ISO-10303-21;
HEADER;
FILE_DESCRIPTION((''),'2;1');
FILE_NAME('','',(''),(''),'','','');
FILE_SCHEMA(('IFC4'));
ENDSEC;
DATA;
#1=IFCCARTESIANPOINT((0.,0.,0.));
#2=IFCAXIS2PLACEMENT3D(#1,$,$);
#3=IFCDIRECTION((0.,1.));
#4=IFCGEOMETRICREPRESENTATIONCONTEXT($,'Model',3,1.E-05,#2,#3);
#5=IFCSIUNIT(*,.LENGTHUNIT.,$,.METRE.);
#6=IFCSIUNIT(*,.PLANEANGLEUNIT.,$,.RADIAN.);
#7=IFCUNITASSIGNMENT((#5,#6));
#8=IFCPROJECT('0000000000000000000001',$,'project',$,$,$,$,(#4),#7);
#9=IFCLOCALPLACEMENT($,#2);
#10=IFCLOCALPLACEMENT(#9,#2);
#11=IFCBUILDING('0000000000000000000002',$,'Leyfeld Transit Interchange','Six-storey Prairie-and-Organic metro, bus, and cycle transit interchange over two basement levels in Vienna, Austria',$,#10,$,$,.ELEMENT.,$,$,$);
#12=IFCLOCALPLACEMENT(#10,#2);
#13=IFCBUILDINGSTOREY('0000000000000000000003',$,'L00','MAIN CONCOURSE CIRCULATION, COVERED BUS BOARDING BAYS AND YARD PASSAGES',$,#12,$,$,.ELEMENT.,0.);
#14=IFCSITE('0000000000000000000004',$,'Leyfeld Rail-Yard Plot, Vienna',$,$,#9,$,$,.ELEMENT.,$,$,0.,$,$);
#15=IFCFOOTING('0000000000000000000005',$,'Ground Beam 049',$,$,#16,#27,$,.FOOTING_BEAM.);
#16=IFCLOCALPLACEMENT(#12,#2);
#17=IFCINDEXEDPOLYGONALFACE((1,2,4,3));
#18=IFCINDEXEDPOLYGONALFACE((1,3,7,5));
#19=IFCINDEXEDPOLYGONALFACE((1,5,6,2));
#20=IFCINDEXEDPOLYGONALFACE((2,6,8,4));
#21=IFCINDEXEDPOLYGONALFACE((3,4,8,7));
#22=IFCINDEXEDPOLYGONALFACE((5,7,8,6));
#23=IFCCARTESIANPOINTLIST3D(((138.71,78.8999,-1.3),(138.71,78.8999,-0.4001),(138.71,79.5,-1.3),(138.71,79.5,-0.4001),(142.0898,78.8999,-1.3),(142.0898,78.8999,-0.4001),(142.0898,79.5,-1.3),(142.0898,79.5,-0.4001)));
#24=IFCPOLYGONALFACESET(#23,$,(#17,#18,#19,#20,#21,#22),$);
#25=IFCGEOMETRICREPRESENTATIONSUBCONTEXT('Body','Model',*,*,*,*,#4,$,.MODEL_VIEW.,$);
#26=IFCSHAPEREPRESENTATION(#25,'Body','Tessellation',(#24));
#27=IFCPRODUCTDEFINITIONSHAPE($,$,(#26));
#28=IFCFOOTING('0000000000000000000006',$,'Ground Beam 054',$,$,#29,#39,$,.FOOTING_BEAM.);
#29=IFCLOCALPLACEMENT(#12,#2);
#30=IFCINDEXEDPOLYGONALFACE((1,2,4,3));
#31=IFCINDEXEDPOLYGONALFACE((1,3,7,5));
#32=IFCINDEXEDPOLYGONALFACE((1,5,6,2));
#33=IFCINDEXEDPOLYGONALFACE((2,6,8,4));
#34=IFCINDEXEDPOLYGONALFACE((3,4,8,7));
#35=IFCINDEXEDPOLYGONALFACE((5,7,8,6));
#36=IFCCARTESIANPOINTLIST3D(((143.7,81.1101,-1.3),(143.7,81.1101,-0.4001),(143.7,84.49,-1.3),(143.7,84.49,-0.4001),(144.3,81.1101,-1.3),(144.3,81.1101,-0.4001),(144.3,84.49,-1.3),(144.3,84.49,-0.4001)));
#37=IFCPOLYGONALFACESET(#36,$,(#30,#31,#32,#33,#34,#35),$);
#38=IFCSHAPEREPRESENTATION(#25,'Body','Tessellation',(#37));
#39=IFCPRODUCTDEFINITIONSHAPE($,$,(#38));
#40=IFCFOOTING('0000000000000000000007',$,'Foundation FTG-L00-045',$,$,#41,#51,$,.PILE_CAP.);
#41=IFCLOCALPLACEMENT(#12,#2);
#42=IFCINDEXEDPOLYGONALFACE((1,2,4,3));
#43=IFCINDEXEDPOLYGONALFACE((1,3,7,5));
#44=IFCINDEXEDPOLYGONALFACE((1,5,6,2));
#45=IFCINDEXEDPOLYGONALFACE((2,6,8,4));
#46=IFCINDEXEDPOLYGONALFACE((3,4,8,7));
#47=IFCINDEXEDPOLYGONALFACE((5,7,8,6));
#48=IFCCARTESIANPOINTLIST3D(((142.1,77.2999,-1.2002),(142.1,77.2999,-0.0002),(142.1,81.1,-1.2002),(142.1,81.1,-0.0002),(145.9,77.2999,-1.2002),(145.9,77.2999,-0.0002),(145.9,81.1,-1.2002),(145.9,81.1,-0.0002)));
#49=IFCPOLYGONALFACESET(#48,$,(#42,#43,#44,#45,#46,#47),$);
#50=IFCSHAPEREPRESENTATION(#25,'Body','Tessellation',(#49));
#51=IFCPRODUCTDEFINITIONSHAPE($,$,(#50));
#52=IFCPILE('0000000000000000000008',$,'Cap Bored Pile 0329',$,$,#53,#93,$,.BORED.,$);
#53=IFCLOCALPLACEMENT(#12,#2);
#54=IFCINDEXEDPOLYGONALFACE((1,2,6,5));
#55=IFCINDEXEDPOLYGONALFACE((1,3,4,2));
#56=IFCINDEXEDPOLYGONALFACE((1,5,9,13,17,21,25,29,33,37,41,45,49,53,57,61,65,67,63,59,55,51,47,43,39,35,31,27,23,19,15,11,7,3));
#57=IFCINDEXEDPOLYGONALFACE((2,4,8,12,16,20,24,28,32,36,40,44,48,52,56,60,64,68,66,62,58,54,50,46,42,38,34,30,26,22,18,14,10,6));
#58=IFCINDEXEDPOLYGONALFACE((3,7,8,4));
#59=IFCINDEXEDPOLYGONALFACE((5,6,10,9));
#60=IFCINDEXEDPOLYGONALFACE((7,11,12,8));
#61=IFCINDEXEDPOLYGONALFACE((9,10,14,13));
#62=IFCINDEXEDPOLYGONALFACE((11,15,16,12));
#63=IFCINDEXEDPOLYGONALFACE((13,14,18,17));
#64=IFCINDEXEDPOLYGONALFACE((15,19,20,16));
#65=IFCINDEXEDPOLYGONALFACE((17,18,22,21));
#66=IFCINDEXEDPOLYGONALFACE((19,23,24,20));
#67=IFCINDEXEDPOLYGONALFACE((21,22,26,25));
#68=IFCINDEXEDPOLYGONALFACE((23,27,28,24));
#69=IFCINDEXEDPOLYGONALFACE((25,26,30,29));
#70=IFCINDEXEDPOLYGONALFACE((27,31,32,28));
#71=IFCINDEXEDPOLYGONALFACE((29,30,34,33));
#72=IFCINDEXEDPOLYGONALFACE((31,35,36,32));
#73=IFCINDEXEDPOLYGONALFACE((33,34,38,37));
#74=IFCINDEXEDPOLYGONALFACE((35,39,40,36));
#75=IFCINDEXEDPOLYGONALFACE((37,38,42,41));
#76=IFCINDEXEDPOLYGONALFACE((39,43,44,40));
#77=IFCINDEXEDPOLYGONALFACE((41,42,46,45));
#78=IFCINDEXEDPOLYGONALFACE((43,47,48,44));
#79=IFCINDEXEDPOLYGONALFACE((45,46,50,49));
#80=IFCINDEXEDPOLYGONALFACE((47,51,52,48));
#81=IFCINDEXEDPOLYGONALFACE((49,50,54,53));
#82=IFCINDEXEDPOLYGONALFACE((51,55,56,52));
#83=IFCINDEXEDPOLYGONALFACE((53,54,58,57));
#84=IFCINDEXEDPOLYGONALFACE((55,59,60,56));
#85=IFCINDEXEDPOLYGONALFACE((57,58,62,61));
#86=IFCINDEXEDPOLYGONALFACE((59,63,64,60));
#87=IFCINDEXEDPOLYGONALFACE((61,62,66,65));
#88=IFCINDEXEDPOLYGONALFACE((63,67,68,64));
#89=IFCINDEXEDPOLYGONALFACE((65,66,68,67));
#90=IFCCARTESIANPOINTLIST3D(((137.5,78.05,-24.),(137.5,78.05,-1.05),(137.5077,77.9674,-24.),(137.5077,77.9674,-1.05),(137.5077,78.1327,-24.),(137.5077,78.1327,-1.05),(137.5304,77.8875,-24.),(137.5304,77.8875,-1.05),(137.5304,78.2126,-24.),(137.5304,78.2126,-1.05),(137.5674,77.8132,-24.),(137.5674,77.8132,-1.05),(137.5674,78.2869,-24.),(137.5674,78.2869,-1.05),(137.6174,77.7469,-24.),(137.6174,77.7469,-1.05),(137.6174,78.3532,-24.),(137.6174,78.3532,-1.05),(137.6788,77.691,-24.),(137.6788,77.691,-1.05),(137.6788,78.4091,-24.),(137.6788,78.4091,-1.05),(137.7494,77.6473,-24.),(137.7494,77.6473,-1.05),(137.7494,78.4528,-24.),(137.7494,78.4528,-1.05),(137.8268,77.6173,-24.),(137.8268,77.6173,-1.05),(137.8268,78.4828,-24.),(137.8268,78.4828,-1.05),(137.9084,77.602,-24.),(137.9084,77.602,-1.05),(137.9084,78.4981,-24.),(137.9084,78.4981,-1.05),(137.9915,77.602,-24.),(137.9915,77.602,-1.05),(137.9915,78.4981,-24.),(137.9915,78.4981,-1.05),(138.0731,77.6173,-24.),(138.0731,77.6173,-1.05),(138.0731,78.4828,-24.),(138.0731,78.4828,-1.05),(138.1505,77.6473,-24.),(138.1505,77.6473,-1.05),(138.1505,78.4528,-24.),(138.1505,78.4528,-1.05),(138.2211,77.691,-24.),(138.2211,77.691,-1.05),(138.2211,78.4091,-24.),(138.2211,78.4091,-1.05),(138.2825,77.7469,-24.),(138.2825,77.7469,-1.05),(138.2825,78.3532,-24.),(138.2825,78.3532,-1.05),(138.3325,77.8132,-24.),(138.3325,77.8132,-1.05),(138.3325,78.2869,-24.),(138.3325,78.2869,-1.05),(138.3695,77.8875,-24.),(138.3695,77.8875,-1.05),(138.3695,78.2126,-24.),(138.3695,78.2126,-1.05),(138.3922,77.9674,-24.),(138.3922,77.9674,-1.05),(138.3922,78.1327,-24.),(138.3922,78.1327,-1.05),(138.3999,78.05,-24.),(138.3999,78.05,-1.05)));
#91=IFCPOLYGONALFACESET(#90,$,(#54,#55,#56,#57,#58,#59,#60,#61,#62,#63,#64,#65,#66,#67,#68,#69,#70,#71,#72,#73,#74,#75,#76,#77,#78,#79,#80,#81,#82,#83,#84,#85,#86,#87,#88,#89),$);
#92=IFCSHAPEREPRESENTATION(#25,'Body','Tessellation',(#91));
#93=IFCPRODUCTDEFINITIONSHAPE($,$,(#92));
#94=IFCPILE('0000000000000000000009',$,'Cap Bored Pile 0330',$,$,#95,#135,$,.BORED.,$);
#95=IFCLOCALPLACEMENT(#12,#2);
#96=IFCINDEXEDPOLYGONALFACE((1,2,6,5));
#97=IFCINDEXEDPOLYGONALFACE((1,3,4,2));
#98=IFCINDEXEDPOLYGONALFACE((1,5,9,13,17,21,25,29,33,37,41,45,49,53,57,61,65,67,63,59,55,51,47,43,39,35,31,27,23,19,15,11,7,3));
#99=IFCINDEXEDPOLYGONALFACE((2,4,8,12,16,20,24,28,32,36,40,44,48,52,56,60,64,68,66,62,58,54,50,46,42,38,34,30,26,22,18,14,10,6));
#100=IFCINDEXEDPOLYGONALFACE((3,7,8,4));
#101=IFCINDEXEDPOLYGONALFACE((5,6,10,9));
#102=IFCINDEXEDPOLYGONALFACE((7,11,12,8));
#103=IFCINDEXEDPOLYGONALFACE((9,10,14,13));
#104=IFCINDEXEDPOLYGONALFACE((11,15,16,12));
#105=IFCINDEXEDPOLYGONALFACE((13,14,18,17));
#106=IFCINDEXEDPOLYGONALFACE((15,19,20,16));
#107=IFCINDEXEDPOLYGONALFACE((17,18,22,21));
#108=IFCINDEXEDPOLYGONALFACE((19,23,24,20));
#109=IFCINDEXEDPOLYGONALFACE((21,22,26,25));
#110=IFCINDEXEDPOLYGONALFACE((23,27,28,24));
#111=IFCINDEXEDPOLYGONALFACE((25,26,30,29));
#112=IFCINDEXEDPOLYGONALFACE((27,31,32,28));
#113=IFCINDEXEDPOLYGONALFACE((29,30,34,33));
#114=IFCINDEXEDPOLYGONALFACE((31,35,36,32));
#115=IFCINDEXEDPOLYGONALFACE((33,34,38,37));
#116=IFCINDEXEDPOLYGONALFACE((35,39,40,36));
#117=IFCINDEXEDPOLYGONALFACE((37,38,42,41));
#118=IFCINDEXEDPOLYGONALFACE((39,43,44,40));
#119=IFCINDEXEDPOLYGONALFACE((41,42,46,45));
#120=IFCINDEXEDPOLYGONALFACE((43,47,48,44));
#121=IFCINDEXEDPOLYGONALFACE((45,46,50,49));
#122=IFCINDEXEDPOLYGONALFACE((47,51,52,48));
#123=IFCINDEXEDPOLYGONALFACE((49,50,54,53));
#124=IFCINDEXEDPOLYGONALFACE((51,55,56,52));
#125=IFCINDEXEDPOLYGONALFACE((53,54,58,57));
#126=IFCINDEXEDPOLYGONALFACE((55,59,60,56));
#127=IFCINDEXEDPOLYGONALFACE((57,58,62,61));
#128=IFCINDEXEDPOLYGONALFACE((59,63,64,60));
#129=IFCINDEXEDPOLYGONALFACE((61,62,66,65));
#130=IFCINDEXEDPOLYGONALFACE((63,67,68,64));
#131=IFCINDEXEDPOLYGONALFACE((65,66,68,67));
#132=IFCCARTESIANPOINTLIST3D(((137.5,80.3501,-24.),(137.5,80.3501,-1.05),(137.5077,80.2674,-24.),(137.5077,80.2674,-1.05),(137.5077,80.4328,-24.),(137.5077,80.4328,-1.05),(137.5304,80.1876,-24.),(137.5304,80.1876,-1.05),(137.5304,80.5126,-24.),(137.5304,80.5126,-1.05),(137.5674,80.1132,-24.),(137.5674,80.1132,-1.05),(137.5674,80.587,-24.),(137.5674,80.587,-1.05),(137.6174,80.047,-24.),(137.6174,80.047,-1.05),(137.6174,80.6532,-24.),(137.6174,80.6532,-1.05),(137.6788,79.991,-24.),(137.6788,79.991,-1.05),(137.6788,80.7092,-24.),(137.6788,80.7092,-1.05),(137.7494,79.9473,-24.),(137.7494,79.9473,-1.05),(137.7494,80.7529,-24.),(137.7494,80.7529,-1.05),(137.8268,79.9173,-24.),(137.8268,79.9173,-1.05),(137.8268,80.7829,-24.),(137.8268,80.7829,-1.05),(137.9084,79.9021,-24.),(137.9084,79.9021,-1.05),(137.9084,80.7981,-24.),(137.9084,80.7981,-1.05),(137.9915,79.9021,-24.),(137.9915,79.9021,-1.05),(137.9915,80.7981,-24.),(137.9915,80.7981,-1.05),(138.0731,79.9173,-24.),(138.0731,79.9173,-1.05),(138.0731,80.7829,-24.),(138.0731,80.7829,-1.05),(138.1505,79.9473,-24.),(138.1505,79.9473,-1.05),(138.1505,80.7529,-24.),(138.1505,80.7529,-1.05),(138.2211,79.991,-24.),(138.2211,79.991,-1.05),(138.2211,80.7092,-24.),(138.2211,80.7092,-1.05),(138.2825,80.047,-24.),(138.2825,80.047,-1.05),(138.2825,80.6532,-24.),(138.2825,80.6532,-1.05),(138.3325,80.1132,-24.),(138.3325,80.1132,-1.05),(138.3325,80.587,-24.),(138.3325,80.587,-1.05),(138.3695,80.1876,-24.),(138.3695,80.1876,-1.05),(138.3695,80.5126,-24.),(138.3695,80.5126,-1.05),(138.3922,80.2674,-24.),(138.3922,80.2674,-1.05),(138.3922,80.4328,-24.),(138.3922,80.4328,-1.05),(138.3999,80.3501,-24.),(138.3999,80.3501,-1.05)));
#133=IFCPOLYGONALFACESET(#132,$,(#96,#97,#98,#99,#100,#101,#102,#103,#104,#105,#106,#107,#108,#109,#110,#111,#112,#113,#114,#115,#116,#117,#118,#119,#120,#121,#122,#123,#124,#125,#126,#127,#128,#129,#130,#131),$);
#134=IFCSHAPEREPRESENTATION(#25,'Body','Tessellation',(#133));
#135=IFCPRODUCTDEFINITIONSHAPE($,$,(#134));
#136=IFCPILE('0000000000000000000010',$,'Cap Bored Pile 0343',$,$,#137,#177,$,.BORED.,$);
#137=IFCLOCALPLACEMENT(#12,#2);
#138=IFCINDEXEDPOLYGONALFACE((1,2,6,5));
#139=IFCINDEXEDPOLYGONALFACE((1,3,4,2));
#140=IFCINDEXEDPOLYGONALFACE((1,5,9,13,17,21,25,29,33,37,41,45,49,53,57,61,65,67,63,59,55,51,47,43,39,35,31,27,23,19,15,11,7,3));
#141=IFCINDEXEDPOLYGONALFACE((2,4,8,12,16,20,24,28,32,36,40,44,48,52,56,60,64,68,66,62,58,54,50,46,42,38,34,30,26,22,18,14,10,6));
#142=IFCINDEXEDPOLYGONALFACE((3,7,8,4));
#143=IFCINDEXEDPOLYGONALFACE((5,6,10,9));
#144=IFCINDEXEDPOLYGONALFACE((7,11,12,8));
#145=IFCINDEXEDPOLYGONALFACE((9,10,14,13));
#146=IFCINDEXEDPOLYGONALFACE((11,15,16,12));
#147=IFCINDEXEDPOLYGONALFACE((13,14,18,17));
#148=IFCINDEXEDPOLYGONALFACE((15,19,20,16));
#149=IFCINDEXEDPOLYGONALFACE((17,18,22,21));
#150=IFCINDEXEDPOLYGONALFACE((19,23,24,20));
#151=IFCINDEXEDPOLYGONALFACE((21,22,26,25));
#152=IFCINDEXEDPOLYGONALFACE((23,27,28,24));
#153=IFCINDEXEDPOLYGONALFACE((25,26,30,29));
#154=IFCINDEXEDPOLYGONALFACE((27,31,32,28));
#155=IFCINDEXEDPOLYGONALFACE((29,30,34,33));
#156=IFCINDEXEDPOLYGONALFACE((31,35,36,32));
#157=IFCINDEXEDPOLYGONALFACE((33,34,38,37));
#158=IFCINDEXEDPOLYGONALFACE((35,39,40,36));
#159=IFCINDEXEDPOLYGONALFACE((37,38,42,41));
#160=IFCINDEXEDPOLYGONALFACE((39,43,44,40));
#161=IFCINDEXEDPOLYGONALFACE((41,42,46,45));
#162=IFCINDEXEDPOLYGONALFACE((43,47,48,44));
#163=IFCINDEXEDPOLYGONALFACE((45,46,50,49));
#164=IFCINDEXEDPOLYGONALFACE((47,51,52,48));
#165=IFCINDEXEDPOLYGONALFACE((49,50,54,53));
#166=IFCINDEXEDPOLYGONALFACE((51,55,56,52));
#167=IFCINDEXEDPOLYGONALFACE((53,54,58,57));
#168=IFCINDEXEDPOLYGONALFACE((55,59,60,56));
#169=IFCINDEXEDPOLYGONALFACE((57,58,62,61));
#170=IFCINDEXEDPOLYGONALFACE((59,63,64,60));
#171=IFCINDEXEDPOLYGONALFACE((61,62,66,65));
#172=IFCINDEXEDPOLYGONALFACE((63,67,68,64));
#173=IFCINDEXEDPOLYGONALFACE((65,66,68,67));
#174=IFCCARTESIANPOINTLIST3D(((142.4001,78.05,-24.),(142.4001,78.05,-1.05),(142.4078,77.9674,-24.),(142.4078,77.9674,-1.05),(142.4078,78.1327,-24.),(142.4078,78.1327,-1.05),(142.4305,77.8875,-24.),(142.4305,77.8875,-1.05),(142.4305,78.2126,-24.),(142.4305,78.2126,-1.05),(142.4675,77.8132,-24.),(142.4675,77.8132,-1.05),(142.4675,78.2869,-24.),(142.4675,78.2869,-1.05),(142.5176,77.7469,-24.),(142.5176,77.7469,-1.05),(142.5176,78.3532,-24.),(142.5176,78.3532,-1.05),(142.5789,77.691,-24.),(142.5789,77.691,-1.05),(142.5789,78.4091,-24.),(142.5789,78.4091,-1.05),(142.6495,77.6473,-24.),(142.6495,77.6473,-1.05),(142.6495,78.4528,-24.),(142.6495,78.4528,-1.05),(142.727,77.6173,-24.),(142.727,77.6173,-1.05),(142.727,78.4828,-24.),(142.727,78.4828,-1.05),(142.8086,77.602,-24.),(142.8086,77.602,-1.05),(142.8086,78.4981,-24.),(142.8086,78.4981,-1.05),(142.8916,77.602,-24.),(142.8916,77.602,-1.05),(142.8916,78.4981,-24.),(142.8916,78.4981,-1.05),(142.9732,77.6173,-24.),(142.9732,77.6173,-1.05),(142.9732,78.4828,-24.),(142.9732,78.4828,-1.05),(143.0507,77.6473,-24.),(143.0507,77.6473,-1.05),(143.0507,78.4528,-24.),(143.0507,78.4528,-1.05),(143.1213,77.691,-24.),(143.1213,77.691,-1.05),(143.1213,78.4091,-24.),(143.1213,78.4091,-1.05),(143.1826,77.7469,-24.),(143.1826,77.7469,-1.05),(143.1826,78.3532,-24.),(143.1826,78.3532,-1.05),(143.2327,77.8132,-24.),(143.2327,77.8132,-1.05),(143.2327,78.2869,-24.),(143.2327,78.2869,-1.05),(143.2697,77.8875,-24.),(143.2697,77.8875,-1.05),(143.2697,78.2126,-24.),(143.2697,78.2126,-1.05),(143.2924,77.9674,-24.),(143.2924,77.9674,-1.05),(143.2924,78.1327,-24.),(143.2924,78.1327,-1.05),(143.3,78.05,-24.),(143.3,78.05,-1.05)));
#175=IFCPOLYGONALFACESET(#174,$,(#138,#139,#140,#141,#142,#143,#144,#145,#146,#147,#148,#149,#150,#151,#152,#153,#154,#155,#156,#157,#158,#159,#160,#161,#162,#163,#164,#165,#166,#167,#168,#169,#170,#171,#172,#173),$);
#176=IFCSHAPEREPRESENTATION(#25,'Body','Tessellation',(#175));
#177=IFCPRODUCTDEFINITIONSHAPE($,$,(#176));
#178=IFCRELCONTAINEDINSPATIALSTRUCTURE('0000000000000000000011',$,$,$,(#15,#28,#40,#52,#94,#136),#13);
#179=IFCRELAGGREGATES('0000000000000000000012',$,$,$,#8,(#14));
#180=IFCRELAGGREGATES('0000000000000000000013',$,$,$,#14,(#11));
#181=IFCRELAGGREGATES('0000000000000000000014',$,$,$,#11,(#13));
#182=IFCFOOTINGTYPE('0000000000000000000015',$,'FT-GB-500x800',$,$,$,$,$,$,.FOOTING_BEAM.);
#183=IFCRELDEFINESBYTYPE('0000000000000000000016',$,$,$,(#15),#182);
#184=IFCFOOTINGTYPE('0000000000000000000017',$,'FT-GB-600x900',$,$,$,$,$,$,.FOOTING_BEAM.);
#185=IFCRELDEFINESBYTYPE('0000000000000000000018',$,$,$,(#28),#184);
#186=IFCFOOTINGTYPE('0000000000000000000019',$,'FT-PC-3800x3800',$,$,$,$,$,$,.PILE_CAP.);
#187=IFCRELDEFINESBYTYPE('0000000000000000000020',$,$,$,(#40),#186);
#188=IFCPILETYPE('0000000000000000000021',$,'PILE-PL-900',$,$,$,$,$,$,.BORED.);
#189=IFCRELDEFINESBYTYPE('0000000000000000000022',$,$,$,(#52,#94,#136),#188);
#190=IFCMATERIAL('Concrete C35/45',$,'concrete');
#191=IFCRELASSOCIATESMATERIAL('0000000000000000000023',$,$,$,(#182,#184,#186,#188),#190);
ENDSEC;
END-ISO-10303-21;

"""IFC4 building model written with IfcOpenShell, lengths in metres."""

from ifc_helpers import new_model, si_unit, direction, frame, origin, origin_2d, place, context, subcontext, project, spatial, rectangle, circle, extrude, material, material_profile, profile_set, type_object, element, save


model = new_model("IFC4")

# Units and contexts
model_context = context("Model", 3, precision=1e-05, world=origin(), true_north=direction((0.0, 1.0)))
body_context = subcontext(model_context, "Body", "Model", "MODEL_VIEW")
ifc_project = project(units=[si_unit("LENGTHUNIT", "METRE"), si_unit("PLANEANGLEUNIT", "RADIAN")], contexts=[model_context])

# Site, building, storey
site_placement = place(None, origin())
site = spatial("IfcSite", under=ifc_project, at=site_placement, Name="Leyfeld Rail-Yard Plot, Vienna", CompositionType="ELEMENT", RefElevation=0.0)
building_placement = place(site_placement, origin())
building = spatial("IfcBuilding", under=site, at=building_placement, Name="Leyfeld Transit Interchange", Description="Six-storey Prairie-and-Organic metro, bus, and cycle transit interchange over two basement levels in Vienna, Austria", CompositionType="ELEMENT")
storey_placement = place(building_placement, origin())
storey = spatial("IfcBuildingStorey", under=building, at=storey_placement, Name="L00", Description="MAIN CONCOURSE CIRCULATION, COVERED BUS BOARDING BAYS AND YARD PASSAGES", CompositionType="ELEMENT", Elevation=0.0)

# Footings
ifc_material_1 = material(Name="Concrete C35/45", Category="concrete")
footing_type_1 = type_object("IfcFootingType", Name="FT-GB-500x800", PredefinedType="FOOTING_BEAM", material=ifc_material_1)
footing_1_placement = place(storey_placement, frame((140.3999, 79.2, -1.3), z_axis=(0.0, 0.0, 1.0), x_axis=(1.0, 0.0, 0.0)))
element("IfcFooting", 1, at=footing_1_placement, inside=storey, type_object=footing_type_1, Name="Ground Beam 049", PredefinedType="FOOTING_BEAM", context=body_context, shape_type="SweptSolid", body=[
    extrude(rectangle(XDim=3.3799, YDim=0.6001, at=origin_2d()), origin(), (0.0, 0.0, 1.0), 0.8999),
])
footing_type_2 = type_object("IfcFootingType", Name="FT-GB-600x900", PredefinedType="FOOTING_BEAM", material=ifc_material_1)
footing_2_placement = place(storey_placement, frame((144.0, 82.8, -1.3), z_axis=(0.0, 0.0, 1.0), x_axis=(1.0, 0.0, 0.0)))
element("IfcFooting", 2, at=footing_2_placement, inside=storey, type_object=footing_type_2, Name="Ground Beam 054", PredefinedType="FOOTING_BEAM", context=body_context, shape_type="SweptSolid", body=[
    extrude(rectangle(XDim=0.6001, YDim=3.3799, at=origin_2d()), origin(), (0.0, 0.0, 1.0), 0.8999),
])
footing_type_3 = type_object("IfcFootingType", Name="FT-PC-3800x3800", PredefinedType="PILE_CAP", material=ifc_material_1)
footing_3_placement = place(storey_placement, frame((144.0, 79.2, -1.2002), z_axis=(0.0, 0.0, 1.0), x_axis=(1.0, 0.0, 0.0)))
element("IfcFooting", 3, at=footing_3_placement, inside=storey, type_object=footing_type_3, Name="Foundation FTG-L00-045", PredefinedType="PILE_CAP", context=body_context, shape_type="SweptSolid", body=[
    extrude(rectangle(XDim=3.8, YDim=3.8, at=origin_2d()), origin(), (0.0, 0.0, 1.0), 1.2),
])

# Piles
ifc_material_profile_1 = material_profile(ifc_material_1, circle(Radius=0.45, at=origin_2d()), Name="PILE D900")
ifc_profile_set_1 = profile_set([ifc_material_profile_1], Name="Concrete C35/45")
pile_type = type_object("IfcPileType", Name="PILE-PL-900", PredefinedType="BORED", material=ifc_profile_set_1)
for number, where, z_axis, x_axis, name in (
    (4, (137.95, 78.05, -1.05), (0.0, 0.0, -1.0), (1.0, 0.0, 0.0), "Cap Bored Pile 0329"),
    (5, (137.95, 80.3501, -1.05), (0.0, 0.0, -1.0), (1.0, 0.0, 0.0), "Cap Bored Pile 0330"),
    (6, (142.8501, 78.05, -1.05), (0.0, 0.0, -1.0), (1.0, 0.0, 0.0), "Cap Bored Pile 0343"),
):
    element("IfcPile", number, at=place(storey_placement, frame(where, z_axis=z_axis, x_axis=x_axis)), inside=storey, type_object=pile_type, Name=name, PredefinedType="BORED", context=body_context, shape_type="SweptSolid", body=[
        extrude(circle(Radius=0.45, at=origin_2d()), origin(), (0.0, 0.0, 1.0), 22.95),
    ])

save(model, "model.ifc")
